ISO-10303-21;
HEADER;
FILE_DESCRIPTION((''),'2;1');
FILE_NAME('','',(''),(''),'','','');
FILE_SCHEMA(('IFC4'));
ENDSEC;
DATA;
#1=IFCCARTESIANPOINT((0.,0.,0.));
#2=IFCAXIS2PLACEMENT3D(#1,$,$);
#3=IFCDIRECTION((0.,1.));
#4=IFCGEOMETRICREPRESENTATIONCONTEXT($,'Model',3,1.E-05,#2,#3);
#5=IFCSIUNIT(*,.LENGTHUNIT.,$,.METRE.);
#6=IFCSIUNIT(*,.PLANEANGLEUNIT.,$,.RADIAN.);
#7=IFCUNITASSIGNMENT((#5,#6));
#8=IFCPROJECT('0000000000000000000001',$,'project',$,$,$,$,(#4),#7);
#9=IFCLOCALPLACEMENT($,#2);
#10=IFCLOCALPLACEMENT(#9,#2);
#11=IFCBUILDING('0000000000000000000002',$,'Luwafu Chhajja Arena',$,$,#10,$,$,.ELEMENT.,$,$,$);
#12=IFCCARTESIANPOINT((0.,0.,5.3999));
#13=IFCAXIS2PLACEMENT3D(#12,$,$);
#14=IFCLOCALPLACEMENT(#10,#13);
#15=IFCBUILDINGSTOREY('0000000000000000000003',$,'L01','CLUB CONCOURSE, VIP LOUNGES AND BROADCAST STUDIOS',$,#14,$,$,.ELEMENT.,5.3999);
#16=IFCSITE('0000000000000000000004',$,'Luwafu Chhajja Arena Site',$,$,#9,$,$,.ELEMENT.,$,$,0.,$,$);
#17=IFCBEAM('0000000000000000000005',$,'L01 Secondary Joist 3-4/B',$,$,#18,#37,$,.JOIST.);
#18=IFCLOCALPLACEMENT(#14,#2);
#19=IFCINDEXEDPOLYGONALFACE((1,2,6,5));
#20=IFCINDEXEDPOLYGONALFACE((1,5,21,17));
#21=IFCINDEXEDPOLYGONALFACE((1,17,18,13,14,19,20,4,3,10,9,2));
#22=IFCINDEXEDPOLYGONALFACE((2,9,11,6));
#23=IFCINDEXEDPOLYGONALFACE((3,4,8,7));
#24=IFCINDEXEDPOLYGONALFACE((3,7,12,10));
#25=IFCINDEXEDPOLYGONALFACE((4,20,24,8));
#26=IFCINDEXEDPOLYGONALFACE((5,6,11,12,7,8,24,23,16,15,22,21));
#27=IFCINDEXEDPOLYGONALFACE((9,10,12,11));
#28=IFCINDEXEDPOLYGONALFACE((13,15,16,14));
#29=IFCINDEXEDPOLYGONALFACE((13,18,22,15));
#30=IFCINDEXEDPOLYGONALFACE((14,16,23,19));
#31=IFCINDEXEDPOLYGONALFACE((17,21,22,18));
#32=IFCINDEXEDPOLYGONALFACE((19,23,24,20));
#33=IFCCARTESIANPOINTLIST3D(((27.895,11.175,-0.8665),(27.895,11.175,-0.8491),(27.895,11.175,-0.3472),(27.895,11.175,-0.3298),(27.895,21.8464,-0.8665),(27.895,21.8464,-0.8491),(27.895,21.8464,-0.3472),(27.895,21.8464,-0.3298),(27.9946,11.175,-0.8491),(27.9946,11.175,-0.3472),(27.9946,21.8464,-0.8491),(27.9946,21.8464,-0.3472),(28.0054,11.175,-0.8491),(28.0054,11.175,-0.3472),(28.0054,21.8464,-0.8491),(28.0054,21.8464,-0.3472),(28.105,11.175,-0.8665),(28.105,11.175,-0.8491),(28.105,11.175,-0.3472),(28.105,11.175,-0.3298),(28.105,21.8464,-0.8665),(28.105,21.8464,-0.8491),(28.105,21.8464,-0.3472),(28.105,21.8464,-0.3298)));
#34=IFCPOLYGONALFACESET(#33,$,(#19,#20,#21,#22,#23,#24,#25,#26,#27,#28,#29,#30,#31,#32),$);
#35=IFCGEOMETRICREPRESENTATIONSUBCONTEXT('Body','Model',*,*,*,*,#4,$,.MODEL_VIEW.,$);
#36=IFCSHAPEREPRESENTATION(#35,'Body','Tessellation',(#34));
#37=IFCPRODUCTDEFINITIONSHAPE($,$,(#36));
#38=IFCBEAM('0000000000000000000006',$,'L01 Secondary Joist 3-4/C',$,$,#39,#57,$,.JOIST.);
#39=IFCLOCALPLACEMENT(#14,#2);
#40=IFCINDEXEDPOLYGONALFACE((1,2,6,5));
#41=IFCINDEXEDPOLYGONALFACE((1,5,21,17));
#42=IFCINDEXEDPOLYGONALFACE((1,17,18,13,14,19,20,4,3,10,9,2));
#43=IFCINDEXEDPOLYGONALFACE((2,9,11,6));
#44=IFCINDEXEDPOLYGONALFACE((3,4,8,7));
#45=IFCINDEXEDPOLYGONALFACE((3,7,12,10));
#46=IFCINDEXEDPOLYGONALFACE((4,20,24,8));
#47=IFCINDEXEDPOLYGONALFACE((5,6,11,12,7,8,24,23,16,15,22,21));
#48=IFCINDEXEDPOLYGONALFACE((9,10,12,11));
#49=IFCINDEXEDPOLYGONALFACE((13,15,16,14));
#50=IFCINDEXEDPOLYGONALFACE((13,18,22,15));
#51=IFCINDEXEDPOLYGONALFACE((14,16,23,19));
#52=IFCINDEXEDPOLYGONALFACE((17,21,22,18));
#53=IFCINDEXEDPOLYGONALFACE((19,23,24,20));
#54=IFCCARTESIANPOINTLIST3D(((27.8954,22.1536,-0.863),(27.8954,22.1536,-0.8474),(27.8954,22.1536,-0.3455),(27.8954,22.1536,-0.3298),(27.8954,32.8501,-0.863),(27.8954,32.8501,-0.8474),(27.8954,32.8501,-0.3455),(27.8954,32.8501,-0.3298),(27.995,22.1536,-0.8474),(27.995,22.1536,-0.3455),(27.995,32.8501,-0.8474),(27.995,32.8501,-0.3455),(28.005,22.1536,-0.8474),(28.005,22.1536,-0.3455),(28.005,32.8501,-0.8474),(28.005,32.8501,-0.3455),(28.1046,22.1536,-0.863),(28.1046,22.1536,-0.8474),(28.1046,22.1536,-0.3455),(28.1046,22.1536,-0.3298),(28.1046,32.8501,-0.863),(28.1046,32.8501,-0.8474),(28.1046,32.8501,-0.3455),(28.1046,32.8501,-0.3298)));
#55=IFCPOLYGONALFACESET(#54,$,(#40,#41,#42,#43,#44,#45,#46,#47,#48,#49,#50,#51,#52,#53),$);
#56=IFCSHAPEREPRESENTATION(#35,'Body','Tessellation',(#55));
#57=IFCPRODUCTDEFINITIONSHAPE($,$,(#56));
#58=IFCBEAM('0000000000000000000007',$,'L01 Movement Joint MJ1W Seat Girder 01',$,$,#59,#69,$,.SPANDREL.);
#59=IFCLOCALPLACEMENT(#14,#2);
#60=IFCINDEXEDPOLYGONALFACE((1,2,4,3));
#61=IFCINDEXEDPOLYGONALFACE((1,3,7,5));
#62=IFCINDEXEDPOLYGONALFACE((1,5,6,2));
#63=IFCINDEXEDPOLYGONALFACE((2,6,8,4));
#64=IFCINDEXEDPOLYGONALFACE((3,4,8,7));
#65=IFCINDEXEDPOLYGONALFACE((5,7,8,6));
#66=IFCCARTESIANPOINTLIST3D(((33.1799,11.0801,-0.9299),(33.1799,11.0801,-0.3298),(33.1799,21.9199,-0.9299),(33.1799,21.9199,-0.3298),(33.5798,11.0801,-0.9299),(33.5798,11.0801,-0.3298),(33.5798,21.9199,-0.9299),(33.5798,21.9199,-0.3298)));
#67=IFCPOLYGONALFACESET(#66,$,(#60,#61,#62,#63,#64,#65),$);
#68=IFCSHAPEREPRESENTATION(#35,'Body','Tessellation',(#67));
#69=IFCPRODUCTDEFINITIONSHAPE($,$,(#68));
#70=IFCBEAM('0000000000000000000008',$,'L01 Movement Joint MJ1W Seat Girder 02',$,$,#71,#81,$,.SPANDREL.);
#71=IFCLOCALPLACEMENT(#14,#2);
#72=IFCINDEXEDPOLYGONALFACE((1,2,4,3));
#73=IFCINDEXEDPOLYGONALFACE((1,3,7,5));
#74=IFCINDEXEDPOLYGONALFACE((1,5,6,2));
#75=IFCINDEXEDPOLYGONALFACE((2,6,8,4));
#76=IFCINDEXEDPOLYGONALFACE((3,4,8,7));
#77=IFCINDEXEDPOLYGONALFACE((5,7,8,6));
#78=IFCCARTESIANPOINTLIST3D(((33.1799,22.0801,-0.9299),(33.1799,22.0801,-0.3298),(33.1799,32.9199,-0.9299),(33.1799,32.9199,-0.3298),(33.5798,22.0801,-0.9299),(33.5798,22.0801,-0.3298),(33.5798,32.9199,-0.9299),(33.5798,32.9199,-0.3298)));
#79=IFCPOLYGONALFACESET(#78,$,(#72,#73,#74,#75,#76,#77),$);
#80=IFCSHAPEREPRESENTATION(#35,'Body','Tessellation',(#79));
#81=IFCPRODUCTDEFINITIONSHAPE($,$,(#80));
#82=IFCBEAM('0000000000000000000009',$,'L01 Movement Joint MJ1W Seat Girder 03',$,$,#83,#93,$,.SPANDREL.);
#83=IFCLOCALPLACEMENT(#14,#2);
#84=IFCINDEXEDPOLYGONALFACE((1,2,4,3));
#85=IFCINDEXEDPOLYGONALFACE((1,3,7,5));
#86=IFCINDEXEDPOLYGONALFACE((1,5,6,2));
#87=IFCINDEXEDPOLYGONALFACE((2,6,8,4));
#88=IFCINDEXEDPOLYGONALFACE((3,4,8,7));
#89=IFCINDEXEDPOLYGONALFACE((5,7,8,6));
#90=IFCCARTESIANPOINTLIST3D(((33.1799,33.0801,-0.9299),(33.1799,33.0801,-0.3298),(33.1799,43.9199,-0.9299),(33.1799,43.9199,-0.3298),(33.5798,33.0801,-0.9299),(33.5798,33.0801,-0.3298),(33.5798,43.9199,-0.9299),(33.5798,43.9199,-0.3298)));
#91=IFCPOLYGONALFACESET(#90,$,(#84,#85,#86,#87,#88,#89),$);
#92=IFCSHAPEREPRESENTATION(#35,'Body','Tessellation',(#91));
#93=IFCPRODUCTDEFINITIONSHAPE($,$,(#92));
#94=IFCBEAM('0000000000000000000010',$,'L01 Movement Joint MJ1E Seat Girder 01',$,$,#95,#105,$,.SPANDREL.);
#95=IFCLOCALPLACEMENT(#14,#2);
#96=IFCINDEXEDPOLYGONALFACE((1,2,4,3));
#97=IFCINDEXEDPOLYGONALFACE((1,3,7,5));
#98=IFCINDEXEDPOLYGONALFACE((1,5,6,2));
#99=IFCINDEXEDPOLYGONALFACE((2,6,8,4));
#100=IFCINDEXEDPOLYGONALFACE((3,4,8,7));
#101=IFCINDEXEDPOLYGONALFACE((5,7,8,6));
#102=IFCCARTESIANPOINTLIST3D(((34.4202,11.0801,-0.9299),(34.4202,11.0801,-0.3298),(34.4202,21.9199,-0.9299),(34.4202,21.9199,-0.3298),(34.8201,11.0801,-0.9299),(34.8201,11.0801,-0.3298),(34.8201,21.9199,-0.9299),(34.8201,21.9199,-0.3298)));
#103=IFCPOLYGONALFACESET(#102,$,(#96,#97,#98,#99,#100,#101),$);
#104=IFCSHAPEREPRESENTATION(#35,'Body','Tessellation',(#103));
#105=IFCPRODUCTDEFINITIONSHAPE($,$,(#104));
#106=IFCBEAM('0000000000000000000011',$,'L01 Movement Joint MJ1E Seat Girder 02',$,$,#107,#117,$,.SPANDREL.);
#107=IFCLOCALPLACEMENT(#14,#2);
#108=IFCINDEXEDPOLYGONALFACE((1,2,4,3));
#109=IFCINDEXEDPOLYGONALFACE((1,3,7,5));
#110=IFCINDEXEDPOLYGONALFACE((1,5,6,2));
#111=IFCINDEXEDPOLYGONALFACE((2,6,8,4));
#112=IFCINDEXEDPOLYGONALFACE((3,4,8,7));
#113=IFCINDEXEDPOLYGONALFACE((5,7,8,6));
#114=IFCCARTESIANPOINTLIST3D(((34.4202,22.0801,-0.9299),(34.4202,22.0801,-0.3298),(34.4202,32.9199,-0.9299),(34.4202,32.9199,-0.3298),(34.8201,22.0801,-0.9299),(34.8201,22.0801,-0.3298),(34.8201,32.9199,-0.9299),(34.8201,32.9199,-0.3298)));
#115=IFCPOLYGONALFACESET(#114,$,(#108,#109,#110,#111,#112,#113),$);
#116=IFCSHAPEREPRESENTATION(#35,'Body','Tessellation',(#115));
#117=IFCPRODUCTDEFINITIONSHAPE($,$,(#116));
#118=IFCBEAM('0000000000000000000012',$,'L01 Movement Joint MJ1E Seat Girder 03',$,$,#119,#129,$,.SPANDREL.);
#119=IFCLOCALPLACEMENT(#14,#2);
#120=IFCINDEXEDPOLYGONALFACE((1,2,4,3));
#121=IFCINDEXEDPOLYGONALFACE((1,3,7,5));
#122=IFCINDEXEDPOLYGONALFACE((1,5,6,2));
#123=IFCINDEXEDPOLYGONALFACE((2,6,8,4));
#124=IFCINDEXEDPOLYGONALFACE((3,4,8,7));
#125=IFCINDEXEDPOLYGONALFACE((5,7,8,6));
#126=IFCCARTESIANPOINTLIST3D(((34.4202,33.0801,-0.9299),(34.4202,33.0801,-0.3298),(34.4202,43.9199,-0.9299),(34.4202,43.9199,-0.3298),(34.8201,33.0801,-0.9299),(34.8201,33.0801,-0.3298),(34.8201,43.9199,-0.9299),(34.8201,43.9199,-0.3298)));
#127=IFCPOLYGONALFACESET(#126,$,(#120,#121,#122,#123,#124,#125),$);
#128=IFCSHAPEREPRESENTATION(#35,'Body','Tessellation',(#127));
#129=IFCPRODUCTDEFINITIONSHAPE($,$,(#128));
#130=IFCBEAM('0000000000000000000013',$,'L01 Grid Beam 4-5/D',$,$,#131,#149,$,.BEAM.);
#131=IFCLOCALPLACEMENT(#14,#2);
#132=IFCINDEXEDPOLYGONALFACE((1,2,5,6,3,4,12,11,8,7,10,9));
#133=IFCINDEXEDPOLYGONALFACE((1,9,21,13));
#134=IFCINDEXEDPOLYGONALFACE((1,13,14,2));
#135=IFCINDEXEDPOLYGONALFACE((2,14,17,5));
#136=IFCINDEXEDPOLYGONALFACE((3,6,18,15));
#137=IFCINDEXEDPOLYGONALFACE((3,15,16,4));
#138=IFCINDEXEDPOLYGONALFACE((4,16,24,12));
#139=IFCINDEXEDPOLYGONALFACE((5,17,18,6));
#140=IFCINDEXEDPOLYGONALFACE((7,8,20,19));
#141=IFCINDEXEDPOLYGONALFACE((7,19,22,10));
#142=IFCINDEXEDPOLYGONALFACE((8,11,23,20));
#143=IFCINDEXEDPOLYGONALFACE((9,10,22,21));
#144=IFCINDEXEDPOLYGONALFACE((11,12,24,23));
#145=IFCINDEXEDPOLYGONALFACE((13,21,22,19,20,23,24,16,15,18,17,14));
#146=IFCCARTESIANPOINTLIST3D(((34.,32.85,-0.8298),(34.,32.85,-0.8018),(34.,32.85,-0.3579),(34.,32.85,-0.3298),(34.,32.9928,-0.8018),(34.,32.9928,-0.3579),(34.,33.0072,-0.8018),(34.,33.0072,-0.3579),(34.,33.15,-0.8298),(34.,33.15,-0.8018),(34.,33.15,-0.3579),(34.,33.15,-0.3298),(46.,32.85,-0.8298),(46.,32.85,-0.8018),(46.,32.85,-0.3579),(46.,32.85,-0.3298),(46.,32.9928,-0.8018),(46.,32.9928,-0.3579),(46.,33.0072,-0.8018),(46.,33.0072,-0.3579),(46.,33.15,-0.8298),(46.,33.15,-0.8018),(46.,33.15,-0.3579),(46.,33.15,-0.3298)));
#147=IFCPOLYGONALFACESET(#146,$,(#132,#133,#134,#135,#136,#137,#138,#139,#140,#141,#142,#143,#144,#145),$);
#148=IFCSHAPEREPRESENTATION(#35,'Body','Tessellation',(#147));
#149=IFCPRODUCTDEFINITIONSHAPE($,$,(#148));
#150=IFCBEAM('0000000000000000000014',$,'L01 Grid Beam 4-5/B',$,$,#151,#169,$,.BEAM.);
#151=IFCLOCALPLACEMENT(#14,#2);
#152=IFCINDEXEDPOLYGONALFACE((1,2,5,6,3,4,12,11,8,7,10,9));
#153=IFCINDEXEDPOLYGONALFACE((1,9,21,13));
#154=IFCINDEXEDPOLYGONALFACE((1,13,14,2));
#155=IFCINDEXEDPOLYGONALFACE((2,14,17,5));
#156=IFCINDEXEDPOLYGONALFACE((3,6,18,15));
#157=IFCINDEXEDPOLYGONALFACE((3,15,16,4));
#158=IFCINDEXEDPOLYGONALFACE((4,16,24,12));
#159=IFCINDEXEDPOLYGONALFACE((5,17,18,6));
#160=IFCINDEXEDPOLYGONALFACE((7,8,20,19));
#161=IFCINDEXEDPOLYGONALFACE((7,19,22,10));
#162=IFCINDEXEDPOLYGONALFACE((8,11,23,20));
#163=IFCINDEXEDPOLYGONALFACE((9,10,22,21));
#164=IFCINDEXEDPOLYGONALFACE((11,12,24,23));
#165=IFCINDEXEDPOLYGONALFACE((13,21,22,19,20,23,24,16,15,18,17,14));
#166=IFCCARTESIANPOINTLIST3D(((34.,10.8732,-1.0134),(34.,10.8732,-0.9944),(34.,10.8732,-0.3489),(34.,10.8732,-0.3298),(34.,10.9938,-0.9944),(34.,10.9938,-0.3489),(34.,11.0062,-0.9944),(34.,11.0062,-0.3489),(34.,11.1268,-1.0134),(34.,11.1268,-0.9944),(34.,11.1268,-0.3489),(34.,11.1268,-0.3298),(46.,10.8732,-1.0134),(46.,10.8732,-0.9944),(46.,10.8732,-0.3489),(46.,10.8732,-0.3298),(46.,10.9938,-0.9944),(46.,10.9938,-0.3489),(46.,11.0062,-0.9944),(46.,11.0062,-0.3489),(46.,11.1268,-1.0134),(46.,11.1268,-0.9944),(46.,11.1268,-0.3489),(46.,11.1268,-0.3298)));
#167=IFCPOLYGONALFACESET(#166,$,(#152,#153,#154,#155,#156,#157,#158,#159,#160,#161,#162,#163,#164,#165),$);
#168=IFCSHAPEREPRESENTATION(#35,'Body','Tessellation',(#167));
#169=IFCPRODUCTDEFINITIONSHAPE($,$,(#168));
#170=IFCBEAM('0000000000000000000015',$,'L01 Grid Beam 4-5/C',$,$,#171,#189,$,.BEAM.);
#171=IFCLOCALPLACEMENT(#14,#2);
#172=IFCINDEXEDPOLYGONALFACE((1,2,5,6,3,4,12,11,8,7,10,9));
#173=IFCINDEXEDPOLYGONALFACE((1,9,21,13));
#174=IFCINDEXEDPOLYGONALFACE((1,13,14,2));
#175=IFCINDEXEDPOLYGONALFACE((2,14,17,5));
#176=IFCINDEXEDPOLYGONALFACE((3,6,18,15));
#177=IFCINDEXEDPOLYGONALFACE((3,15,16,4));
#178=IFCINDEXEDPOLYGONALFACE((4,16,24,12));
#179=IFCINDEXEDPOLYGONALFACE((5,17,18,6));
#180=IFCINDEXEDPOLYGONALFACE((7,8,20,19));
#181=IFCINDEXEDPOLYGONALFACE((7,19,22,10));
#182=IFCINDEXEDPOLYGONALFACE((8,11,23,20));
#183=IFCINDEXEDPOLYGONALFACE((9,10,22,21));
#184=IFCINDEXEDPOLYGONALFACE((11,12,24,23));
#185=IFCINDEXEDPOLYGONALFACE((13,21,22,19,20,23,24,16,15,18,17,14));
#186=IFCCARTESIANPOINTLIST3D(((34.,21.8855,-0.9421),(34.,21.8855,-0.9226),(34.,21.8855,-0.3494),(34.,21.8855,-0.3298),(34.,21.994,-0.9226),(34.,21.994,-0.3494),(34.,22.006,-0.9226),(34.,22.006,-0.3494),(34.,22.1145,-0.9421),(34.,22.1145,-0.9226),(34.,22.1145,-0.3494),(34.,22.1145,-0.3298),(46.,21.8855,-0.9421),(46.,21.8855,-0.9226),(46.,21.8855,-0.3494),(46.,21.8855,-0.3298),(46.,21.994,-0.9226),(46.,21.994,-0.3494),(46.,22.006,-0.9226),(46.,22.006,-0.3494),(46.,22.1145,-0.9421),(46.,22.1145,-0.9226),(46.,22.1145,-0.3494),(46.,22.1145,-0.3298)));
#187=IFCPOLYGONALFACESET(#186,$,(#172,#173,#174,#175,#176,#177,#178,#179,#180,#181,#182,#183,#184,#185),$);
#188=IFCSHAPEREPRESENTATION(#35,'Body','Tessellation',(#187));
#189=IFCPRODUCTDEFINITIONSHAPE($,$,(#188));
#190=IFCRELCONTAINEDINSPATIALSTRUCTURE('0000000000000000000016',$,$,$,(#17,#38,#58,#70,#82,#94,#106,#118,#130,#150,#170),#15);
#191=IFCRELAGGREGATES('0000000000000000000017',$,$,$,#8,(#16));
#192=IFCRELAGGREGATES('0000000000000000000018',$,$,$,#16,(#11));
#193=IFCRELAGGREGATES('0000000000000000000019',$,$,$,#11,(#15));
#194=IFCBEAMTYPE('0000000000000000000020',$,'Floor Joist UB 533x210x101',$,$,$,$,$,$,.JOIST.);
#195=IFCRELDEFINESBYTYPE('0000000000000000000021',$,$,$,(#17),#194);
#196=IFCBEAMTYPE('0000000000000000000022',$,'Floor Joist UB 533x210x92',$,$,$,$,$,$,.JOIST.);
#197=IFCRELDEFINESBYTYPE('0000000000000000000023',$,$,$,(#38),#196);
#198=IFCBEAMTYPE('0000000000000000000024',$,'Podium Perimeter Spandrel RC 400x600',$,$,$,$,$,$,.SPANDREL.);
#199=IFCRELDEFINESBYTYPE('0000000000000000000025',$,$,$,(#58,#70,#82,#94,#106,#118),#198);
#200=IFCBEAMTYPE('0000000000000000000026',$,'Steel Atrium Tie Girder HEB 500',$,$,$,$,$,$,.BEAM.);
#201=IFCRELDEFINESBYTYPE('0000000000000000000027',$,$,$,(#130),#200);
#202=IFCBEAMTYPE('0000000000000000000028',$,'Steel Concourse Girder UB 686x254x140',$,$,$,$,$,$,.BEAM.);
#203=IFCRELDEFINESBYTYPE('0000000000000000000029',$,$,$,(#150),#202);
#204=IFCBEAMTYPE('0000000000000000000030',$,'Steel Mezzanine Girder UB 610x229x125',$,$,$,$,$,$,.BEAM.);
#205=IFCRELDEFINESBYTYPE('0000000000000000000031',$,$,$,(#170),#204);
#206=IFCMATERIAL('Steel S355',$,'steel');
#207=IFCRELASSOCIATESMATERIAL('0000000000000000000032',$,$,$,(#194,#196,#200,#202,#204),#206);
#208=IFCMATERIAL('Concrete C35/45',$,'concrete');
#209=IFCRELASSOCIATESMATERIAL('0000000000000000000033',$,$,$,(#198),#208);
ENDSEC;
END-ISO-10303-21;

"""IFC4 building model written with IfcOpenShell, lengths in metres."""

from ifc_helpers import new_model, si_unit, direction, frame, origin, origin_2d, place, context, subcontext, project, spatial, rectangle, i_section, extrude, material, material_profile, profile_set, type_object, element, save


model = new_model("IFC4")

# Units and contexts
model_context = context("Model", 3, precision=1e-05, world=origin(), true_north=direction((0.0, 1.0)))
body_context = subcontext(model_context, "Body", "Model", "MODEL_VIEW")
ifc_project = project(units=[si_unit("LENGTHUNIT", "METRE"), si_unit("PLANEANGLEUNIT", "RADIAN")], contexts=[model_context])

# Site, building, storey
site_placement = place(None, origin())
site = spatial("IfcSite", under=ifc_project, at=site_placement, Name="Luwafu Chhajja Arena Site", CompositionType="ELEMENT", RefElevation=0.0)
building_placement = place(site_placement, origin())
building = spatial("IfcBuilding", under=site, at=building_placement, Name="Luwafu Chhajja Arena", CompositionType="ELEMENT")
storey_placement = place(building_placement, frame((0.0, 0.0, 5.3999)))
storey = spatial("IfcBuildingStorey", under=building, at=storey_placement, Name="L01", Description="CLUB CONCOURSE, VIP LOUNGES AND BROADCAST STUDIOS", CompositionType="ELEMENT", Elevation=5.3999)

# Shared definitions
ifc_material_1 = material(Name="Concrete C35/45", Category="concrete")

# Shared definitions
ifc_material_2 = material(Name="Steel S355", Category="steel")

# Beams
ifc_material_profile_1 = material_profile(ifc_material_2, i_section(OverallWidth=0.21, OverallDepth=0.5366, WebThickness=0.0107, FlangeThickness=0.0173, at=origin_2d()), Name="UB 533x210x101")
ifc_profile_set_1 = profile_set([ifc_material_profile_1], Name="Steel S355")
beam_type_1 = type_object("IfcBeamType", Name="Floor Joist UB 533x210x101", PredefinedType="JOIST", material=ifc_profile_set_1)
beam_1_placement = place(storey_placement, frame((28.0, 11.175, -0.5981), z_axis=(0.0, 1.0, 0.0), x_axis=(-1.0, 0.0, 0.0)))
element("IfcBeam", 1, at=beam_1_placement, inside=storey, type_object=beam_type_1, Name="L01 Secondary Joist 3-4/B", PredefinedType="JOIST", context=body_context, shape_type="SweptSolid", body=[
    extrude(i_section(OverallWidth=0.21, OverallDepth=0.5366, WebThickness=0.0107, FlangeThickness=0.0173, at=origin_2d()), origin(), (0.0, 0.0, 1.0), 10.6714),
])
ifc_material_profile_2 = material_profile(ifc_material_2, i_section(OverallWidth=0.2092, OverallDepth=0.5332, WebThickness=0.01, FlangeThickness=0.0156, at=origin_2d()), Name="UB 533x210x92")
ifc_profile_set_2 = profile_set([ifc_material_profile_2], Name="Steel S355")
beam_type_2 = type_object("IfcBeamType", Name="Floor Joist UB 533x210x92", PredefinedType="JOIST", material=ifc_profile_set_2)
beam_2_placement = place(storey_placement, frame((28.0, 22.1536, -0.5964), z_axis=(0.0, 1.0, 0.0), x_axis=(-1.0, 0.0, 0.0)))
element("IfcBeam", 2, at=beam_2_placement, inside=storey, type_object=beam_type_2, Name="L01 Secondary Joist 3-4/C", PredefinedType="JOIST", context=body_context, shape_type="SweptSolid", body=[
    extrude(i_section(OverallWidth=0.2092, OverallDepth=0.5332, WebThickness=0.01, FlangeThickness=0.0156, at=origin_2d()), origin(), (0.0, 0.0, 1.0), 10.6965),
])
ifc_material_profile_3 = material_profile(ifc_material_1, rectangle(XDim=0.3999, YDim=0.6001, at=origin_2d()), Name="RC 400x600")
ifc_profile_set_3 = profile_set([ifc_material_profile_3], Name="Concrete C35/45")
beam_type_3 = type_object("IfcBeamType", Name="Podium Perimeter Spandrel RC 400x600", PredefinedType="SPANDREL", material=ifc_profile_set_3)
for number, where, z_axis, x_axis, name in (
    (3, (33.3799, 11.0801, -0.6299), (0.0, 1.0, 0.0), (-1.0, 0.0, 0.0), "L01 Movement Joint MJ1W Seat Girder 01"),
    (4, (33.3799, 22.0801, -0.6299), (0.0, 1.0, 0.0), (-1.0, 0.0, 0.0), "L01 Movement Joint MJ1W Seat Girder 02"),
    (5, (33.3799, 33.0801, -0.6299), (0.0, 1.0, 0.0), (-1.0, 0.0, 0.0), "L01 Movement Joint MJ1W Seat Girder 03"),
    (6, (34.6201, 11.0801, -0.6299), (0.0, 1.0, 0.0), (-1.0, 0.0, 0.0), "L01 Movement Joint MJ1E Seat Girder 01"),
    (7, (34.6201, 22.0801, -0.6299), (0.0, 1.0, 0.0), (-1.0, 0.0, 0.0), "L01 Movement Joint MJ1E Seat Girder 02"),
    (8, (34.6201, 33.0801, -0.6299), (0.0, 1.0, 0.0), (-1.0, 0.0, 0.0), "L01 Movement Joint MJ1E Seat Girder 03"),
):
    element("IfcBeam", number, at=place(storey_placement, frame(where, z_axis=z_axis, x_axis=x_axis)), inside=storey, type_object=beam_type_3, Name=name, PredefinedType="SPANDREL", context=body_context, shape_type="SweptSolid", body=[
        extrude(rectangle(XDim=0.3999, YDim=0.6001, at=origin_2d()), origin(), (0.0, 0.0, 1.0), 10.8398),
    ])
ifc_material_profile_4 = material_profile(ifc_material_2, i_section(OverallWidth=0.3, OverallDepth=0.5, WebThickness=0.0144, FlangeThickness=0.0281, at=origin_2d()), Name="HEB 500")
ifc_profile_set_4 = profile_set([ifc_material_profile_4], Name="Steel S355")
beam_type_4 = type_object("IfcBeamType", Name="Steel Atrium Tie Girder HEB 500", PredefinedType="BEAM", material=ifc_profile_set_4)
beam_3_placement = place(storey_placement, frame((34.0, 33.0, -0.5798), z_axis=(1.0, 0.0, 0.0), x_axis=(0.0, 1.0, 0.0)))
element("IfcBeam", 9, at=beam_3_placement, inside=storey, type_object=beam_type_4, Name="L01 Grid Beam 4-5/D", PredefinedType="BEAM", context=body_context, shape_type="SweptSolid", body=[
    extrude(i_section(OverallWidth=0.3, OverallDepth=0.5, WebThickness=0.0144, FlangeThickness=0.0281, at=origin_2d()), origin(), (0.0, 0.0, 1.0), 12.0),
])
ifc_material_profile_5 = material_profile(ifc_material_2, i_section(OverallWidth=0.2537, OverallDepth=0.6836, WebThickness=0.0125, FlangeThickness=0.019, at=origin_2d()), Name="UB 686x254x140")
ifc_profile_set_5 = profile_set([ifc_material_profile_5], Name="Steel S355")
beam_type_5 = type_object("IfcBeamType", Name="Steel Concourse Girder UB 686x254x140", PredefinedType="BEAM", material=ifc_profile_set_5)
beam_4_placement = place(storey_placement, frame((34.0, 11.0, -0.6716), z_axis=(1.0, 0.0, 0.0), x_axis=(0.0, 1.0, 0.0)))
element("IfcBeam", 10, at=beam_4_placement, inside=storey, type_object=beam_type_5, Name="L01 Grid Beam 4-5/B", PredefinedType="BEAM", context=body_context, shape_type="SweptSolid", body=[
    extrude(i_section(OverallWidth=0.2537, OverallDepth=0.6836, WebThickness=0.0125, FlangeThickness=0.019, at=origin_2d()), origin(), (0.0, 0.0, 1.0), 12.0),
])
ifc_material_profile_6 = material_profile(ifc_material_2, i_section(OverallWidth=0.229, OverallDepth=0.6123, WebThickness=0.012, FlangeThickness=0.0195, at=origin_2d()), Name="UB 610x229x125")
ifc_profile_set_6 = profile_set([ifc_material_profile_6], Name="Steel S355")
beam_type_6 = type_object("IfcBeamType", Name="Steel Mezzanine Girder UB 610x229x125", PredefinedType="BEAM", material=ifc_profile_set_6)
beam_5_placement = place(storey_placement, frame((34.0, 22.0, -0.636), z_axis=(1.0, 0.0, 0.0), x_axis=(0.0, 1.0, 0.0)))
element("IfcBeam", 11, at=beam_5_placement, inside=storey, type_object=beam_type_6, Name="L01 Grid Beam 4-5/C", PredefinedType="BEAM", context=body_context, shape_type="SweptSolid", body=[
    extrude(i_section(OverallWidth=0.229, OverallDepth=0.6123, WebThickness=0.012, FlangeThickness=0.0195, at=origin_2d()), origin(), (0.0, 0.0, 1.0), 12.0),
])

save(model, "model.ifc")
